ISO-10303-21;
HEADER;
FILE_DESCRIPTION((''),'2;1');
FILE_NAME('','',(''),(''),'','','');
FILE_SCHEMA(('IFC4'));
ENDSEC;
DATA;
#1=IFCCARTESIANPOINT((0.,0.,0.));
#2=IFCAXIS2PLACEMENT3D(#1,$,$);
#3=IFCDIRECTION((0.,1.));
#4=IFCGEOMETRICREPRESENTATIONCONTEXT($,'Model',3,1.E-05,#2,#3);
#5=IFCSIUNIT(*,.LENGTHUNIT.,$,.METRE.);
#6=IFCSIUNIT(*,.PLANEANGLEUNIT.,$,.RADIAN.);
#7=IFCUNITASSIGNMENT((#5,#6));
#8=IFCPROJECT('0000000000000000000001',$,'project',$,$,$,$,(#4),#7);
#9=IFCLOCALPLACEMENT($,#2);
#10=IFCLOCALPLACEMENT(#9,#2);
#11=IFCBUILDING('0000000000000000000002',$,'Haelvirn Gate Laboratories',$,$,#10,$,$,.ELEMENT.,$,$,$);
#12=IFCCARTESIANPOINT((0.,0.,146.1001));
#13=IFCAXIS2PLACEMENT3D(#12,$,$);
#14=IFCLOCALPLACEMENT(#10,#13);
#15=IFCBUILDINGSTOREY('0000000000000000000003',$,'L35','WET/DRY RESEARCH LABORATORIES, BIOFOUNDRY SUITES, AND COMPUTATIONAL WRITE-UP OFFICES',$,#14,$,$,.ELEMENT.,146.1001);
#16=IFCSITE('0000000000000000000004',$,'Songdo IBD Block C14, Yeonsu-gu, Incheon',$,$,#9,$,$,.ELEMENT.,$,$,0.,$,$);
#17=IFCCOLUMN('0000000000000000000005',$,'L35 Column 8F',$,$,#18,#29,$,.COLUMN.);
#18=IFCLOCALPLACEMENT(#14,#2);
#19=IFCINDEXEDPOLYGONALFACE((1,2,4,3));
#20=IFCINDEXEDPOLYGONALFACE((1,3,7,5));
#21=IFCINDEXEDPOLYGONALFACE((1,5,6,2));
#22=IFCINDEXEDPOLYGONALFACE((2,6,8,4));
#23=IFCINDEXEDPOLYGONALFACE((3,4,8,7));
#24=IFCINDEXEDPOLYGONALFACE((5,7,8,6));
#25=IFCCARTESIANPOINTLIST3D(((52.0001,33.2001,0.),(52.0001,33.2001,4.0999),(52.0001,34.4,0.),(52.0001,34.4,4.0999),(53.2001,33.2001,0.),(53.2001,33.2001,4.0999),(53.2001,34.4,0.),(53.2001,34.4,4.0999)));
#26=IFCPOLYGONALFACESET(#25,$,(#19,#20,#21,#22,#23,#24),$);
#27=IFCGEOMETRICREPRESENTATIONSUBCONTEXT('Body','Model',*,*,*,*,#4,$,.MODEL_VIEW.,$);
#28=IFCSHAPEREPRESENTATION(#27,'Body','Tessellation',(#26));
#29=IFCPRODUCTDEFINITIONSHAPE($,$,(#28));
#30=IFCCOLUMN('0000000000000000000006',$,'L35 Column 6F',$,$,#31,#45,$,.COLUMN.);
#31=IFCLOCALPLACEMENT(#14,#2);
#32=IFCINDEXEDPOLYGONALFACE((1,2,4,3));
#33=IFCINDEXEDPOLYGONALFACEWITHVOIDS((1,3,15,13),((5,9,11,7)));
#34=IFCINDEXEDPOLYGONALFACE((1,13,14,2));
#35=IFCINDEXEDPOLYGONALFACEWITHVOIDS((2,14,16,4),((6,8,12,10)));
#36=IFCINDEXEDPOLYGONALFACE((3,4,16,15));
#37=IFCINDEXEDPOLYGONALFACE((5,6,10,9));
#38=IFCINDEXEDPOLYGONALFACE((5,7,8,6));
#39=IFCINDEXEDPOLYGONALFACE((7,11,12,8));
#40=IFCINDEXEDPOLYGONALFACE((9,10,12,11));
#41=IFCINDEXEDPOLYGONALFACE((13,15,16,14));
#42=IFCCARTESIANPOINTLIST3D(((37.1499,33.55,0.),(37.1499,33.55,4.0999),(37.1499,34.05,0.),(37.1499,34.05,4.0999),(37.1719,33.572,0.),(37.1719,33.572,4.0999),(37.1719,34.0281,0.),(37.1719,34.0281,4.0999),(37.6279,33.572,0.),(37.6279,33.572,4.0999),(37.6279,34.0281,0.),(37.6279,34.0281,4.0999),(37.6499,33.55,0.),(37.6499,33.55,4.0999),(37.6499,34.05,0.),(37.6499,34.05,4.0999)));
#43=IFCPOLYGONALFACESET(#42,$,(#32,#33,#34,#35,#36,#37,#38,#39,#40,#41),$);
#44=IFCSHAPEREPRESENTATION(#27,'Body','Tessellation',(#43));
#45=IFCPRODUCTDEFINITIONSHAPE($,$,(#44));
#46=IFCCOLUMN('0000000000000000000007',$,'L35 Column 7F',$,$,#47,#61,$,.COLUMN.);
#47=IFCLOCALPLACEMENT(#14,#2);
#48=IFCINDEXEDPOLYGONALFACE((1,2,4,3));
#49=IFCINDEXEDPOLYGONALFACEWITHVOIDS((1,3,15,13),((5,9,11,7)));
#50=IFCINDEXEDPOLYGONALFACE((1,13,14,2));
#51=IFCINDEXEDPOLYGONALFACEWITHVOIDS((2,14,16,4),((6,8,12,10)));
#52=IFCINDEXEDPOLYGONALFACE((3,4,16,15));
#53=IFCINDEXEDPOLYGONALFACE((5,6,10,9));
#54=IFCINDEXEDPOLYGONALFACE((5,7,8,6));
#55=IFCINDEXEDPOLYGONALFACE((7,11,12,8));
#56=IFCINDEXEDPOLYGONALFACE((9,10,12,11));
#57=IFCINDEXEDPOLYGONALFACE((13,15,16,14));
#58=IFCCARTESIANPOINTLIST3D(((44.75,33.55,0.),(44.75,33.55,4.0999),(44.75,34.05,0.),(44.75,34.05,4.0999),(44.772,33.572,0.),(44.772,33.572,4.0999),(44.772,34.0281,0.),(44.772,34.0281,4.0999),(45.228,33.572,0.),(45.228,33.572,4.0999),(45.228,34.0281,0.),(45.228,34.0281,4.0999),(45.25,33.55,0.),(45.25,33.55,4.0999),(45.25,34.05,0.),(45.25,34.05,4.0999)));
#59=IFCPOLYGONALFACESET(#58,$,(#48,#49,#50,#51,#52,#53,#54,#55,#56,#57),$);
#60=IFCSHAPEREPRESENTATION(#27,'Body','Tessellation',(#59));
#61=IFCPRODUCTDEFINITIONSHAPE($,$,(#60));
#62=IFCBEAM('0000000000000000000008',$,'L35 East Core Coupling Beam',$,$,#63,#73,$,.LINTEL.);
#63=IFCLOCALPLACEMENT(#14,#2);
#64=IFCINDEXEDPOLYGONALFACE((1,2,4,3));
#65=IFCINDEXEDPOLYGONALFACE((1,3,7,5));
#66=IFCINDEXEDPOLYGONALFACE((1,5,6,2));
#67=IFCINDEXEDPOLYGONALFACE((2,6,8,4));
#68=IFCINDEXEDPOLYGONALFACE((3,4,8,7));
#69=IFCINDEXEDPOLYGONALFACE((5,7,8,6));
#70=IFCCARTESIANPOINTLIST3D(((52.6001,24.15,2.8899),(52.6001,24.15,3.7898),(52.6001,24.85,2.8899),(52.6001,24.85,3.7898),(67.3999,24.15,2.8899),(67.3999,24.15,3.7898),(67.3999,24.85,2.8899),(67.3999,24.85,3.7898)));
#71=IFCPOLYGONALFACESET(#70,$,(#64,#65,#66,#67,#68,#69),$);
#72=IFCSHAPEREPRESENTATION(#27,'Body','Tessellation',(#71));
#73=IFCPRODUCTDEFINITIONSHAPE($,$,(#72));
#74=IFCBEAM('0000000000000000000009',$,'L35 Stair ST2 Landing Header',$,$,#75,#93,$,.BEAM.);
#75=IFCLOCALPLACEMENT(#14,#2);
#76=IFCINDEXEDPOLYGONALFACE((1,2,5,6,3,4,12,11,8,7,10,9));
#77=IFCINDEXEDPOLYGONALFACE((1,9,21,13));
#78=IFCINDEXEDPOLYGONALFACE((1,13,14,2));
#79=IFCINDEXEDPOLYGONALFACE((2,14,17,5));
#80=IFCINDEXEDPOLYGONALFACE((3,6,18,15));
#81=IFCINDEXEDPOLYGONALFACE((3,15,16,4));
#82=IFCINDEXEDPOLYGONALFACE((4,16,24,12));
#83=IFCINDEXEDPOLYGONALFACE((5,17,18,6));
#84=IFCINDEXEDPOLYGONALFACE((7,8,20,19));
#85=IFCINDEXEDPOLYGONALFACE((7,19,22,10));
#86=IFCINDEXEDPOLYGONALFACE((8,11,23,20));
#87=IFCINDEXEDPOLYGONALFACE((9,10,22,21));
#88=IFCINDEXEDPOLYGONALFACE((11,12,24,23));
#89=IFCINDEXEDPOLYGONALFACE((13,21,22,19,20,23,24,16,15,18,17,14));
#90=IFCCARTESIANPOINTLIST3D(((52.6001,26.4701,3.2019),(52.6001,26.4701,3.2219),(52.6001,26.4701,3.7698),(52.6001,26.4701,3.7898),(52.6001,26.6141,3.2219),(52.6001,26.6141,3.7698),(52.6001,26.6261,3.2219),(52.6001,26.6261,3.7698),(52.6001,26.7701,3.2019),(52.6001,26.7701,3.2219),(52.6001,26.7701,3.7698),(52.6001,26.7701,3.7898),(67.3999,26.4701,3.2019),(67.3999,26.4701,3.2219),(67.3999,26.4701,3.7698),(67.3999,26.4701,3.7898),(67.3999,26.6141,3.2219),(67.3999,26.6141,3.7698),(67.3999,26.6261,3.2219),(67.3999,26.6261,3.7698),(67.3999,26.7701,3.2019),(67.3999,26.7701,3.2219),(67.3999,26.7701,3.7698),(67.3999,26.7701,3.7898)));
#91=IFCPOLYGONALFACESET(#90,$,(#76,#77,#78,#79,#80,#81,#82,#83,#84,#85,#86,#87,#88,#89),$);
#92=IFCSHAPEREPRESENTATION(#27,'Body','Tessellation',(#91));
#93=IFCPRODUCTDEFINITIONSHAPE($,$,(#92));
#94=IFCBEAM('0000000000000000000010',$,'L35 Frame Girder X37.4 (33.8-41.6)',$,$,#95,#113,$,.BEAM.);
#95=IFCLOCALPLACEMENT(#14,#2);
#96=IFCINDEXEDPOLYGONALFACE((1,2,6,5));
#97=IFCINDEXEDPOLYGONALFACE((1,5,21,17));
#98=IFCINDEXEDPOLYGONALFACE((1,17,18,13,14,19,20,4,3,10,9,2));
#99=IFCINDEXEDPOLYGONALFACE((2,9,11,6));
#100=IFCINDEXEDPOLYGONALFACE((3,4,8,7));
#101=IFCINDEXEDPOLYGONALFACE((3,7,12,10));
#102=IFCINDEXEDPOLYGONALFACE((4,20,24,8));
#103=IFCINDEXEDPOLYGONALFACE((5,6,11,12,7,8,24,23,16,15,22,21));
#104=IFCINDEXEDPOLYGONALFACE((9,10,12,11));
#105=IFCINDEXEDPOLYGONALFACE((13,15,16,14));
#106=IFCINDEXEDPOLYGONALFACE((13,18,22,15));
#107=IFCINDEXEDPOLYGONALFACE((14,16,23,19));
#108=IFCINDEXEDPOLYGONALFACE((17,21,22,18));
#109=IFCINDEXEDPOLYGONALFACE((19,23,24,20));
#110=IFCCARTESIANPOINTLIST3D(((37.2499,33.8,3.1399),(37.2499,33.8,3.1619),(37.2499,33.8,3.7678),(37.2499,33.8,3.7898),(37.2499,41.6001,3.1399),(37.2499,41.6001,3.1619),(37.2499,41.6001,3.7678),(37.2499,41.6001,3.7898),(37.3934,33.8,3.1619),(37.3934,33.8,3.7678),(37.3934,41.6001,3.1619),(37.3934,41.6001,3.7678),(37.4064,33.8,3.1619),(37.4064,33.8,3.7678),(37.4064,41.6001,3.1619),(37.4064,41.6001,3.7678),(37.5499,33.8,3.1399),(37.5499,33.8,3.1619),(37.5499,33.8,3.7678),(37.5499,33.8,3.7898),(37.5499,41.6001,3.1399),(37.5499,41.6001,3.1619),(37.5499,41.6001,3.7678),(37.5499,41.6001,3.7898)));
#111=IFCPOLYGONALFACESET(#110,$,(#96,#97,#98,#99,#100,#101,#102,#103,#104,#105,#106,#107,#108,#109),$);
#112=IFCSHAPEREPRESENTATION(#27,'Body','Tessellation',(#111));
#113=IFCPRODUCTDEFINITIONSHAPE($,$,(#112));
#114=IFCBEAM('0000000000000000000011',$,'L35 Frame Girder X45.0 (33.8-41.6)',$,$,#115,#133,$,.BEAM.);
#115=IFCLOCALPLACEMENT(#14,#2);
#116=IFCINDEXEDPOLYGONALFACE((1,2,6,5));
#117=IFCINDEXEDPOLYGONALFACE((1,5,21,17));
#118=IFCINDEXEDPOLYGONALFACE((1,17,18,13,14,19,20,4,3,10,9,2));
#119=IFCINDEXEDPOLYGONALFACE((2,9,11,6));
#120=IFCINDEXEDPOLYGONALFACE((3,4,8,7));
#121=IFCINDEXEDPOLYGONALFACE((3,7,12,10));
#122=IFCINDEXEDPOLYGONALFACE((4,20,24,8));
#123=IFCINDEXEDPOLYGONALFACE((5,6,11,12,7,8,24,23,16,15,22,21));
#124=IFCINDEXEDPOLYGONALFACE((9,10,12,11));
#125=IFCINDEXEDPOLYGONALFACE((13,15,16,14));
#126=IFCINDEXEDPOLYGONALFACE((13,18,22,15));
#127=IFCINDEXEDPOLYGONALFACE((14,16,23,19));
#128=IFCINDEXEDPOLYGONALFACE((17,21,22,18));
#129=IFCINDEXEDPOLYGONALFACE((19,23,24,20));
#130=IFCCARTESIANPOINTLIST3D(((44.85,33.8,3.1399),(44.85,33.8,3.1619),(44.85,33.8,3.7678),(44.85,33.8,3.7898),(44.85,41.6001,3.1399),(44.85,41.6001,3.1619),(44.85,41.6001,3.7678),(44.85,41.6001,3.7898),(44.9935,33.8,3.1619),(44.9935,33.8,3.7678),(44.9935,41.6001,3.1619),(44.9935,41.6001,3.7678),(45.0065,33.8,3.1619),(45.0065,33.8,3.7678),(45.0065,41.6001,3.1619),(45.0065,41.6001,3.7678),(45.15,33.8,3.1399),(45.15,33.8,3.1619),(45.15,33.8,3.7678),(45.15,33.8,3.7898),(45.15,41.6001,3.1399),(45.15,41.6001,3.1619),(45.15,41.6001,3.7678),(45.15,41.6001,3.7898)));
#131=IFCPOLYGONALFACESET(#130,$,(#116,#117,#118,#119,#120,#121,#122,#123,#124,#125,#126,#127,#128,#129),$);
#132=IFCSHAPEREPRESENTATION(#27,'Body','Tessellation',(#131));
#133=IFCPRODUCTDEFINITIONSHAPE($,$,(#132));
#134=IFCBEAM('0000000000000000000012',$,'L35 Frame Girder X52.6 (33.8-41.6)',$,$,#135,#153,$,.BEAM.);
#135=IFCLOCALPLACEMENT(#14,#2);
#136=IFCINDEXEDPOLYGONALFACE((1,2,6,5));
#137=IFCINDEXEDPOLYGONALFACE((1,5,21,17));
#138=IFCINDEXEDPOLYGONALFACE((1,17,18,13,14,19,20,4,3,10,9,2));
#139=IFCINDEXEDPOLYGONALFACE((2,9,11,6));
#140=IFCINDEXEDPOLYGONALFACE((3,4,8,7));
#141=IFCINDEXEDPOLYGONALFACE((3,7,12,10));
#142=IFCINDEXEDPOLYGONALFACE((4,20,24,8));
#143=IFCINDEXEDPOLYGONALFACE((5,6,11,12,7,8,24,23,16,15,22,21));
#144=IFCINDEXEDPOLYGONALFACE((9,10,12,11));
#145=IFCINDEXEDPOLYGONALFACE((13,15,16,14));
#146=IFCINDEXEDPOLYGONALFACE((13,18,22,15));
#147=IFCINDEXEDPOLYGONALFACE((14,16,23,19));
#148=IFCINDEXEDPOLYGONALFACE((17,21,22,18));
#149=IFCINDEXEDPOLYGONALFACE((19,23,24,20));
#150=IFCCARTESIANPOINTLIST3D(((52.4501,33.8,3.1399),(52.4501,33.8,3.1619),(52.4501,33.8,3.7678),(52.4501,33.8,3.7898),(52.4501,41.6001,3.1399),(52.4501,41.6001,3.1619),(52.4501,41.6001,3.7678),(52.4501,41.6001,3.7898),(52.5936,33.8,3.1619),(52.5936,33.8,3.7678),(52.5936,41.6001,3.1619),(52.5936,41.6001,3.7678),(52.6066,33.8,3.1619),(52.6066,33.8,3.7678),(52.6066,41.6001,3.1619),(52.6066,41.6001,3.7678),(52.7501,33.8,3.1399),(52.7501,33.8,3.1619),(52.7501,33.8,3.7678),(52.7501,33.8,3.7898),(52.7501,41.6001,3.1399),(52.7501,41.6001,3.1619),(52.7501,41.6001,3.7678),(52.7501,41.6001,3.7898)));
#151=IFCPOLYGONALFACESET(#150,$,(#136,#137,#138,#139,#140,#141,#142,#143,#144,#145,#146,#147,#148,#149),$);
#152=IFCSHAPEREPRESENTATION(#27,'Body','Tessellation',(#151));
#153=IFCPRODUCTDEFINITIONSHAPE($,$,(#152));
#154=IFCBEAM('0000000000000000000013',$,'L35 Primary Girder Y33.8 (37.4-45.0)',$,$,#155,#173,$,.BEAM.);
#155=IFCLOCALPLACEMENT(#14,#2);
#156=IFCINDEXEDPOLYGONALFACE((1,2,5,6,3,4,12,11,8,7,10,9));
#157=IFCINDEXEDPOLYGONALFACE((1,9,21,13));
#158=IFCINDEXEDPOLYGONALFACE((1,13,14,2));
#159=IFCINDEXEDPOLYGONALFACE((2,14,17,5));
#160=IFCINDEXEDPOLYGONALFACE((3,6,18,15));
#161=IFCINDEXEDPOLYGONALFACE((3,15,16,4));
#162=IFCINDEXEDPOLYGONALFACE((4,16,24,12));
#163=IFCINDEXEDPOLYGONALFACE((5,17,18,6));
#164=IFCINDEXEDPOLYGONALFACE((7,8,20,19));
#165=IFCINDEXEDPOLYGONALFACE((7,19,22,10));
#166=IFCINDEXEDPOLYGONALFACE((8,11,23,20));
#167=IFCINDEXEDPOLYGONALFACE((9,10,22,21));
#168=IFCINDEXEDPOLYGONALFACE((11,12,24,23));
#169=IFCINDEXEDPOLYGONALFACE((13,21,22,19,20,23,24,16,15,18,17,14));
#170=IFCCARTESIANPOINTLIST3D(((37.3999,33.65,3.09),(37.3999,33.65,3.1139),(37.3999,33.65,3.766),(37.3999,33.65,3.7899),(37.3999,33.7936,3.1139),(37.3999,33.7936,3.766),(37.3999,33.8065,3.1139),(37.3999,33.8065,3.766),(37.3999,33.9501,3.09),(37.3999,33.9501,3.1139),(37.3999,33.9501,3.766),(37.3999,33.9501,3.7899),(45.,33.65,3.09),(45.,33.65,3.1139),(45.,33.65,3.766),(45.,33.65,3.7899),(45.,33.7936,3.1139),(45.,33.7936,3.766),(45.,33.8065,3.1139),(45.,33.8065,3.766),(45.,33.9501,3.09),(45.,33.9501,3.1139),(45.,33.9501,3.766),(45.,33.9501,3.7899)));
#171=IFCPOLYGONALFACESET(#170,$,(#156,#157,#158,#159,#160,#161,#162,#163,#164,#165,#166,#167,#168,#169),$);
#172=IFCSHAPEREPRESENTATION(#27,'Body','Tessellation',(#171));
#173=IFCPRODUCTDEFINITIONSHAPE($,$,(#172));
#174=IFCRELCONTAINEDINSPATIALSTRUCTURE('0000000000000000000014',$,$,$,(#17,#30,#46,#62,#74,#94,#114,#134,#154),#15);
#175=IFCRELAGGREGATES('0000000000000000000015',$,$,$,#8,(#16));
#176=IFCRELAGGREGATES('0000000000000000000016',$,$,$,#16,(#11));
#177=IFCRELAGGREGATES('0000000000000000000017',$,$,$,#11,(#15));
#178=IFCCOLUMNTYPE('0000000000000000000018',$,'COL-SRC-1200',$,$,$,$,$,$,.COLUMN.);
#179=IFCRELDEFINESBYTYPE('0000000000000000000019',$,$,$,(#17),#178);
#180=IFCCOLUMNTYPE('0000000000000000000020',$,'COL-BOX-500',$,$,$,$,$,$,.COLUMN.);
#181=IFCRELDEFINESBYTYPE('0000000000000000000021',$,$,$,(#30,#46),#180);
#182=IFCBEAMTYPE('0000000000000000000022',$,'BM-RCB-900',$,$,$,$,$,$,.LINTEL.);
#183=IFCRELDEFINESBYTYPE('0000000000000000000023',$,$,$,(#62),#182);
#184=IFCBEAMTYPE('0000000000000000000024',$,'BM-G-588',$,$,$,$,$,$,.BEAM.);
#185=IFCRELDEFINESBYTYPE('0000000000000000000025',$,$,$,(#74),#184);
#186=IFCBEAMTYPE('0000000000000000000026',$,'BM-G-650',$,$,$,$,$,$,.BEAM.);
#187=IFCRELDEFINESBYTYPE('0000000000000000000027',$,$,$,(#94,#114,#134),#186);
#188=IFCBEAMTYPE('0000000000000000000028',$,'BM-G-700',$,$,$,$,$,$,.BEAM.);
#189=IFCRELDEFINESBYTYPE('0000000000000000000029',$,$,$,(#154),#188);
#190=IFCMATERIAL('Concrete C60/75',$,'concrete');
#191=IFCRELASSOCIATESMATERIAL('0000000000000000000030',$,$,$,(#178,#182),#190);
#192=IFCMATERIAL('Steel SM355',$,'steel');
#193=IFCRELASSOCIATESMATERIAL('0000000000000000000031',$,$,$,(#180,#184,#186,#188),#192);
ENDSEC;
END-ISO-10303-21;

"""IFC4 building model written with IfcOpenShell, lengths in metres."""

from ifc_helpers import new_model, si_unit, direction, frame, origin, origin_2d, place, context, subcontext, project, spatial, rectangle, hollow_rectangle, i_section, extrude, source, transform, mapped, material, material_profile, profile_set, type_object, type_shapes, element, save


model = new_model("IFC4")

# Units and contexts
model_context = context("Model", 3, precision=1e-05, world=origin(), true_north=direction((0.0, 1.0)))
body_context = subcontext(model_context, "Body", "Model", "MODEL_VIEW")
ifc_project = project(units=[si_unit("LENGTHUNIT", "METRE"), si_unit("PLANEANGLEUNIT", "RADIAN")], contexts=[model_context])

# Site, building, storey
site_placement = place(None, origin())
site = spatial("IfcSite", under=ifc_project, at=site_placement, Name="Songdo IBD Block C14, Yeonsu-gu, Incheon", CompositionType="ELEMENT", RefElevation=0.0)
building_placement = place(site_placement, origin())
building = spatial("IfcBuilding", under=site, at=building_placement, Name="Haelvirn Gate Laboratories", CompositionType="ELEMENT")
storey_placement = place(building_placement, frame((0.0, 0.0, 146.1001)))
storey = spatial("IfcBuildingStorey", under=building, at=storey_placement, Name="L35", Description="WET/DRY RESEARCH LABORATORIES, BIOFOUNDRY SUITES, AND COMPUTATIONAL WRITE-UP OFFICES", CompositionType="ELEMENT", Elevation=146.1001)

# Columns
ifc_material_1 = material(Name="Concrete C60/75", Category="concrete")
ifc_material_profile_1 = material_profile(ifc_material_1, rectangle(XDim=1.2, YDim=1.2, at=origin_2d()), Name="SRC-1200x1200")
ifc_profile_set_1 = profile_set([ifc_material_profile_1], Name="Concrete C60/75")
column_type_1 = type_object("IfcColumnType", Name="COL-SRC-1200", PredefinedType="COLUMN", material=ifc_profile_set_1)
shared_shape_1 = source(origin(), body_context, "Body", "SweptSolid", [
    extrude(rectangle(XDim=1.2, YDim=1.2, at=origin_2d()), origin(), (0.0, 0.0, 1.0), 4.0999),
])
type_shapes(column_type_1, [shared_shape_1])
column_placement = place(storey_placement, frame((52.6001, 33.8, 0.0), z_axis=(0.0, 0.0, 1.0), x_axis=(1.0, 0.0, 0.0)))
element("IfcColumn", 1, at=column_placement, inside=storey, type_object=column_type_1, Name="L35 Column 8F", PredefinedType="COLUMN", context=body_context, shape_type="MappedRepresentation", body=[
    mapped(shared_shape_1, transform((0.0, 0.0, 0.0), scale=1.0)),
])
ifc_material_2 = material(Name="Steel SM355", Category="steel")
ifc_material_profile_2 = material_profile(ifc_material_2, hollow_rectangle(XDim=0.5, YDim=0.5, WallThickness=0.022, at=origin_2d()), Name="BOX-500x500x22")
ifc_profile_set_2 = profile_set([ifc_material_profile_2], Name="Steel SM355")
column_type_2 = type_object("IfcColumnType", Name="COL-BOX-500", PredefinedType="COLUMN", material=ifc_profile_set_2)
shared_shape_2 = source(origin(), body_context, "Body", "SweptSolid", [
    extrude(hollow_rectangle(XDim=0.5, YDim=0.5, WallThickness=0.022, at=origin_2d()), origin(), (0.0, 0.0, 1.0), 4.0999),
])
type_shapes(column_type_2, [shared_shape_2])
for number, where, z_axis, x_axis, name in (
    (2, (37.3999, 33.8, 0.0), (0.0, 0.0, 1.0), (1.0, 0.0, 0.0), "L35 Column 6F"),
    (3, (45.0, 33.8, 0.0), (0.0, 0.0, 1.0), (1.0, 0.0, 0.0), "L35 Column 7F"),
):
    element("IfcColumn", number, at=place(storey_placement, frame(where, z_axis=z_axis, x_axis=x_axis)), inside=storey, type_object=column_type_2, Name=name, PredefinedType="COLUMN", context=body_context, shape_type="MappedRepresentation", body=[
        mapped(shared_shape_2, transform((0.0, 0.0, 0.0), scale=1.0)),
    ])

# Beams
ifc_material_profile_3 = material_profile(ifc_material_1, rectangle(XDim=0.7, YDim=0.8999, at=origin_2d()), Name="RCB-700x900")
ifc_profile_set_3 = profile_set([ifc_material_profile_3], Name="Concrete C60/75")
beam_type_1 = type_object("IfcBeamType", Name="BM-RCB-900", PredefinedType="LINTEL", material=ifc_profile_set_3)
shared_shape_3 = source(origin(), body_context, "Body", "SweptSolid", [
    extrude(rectangle(XDim=0.7, YDim=0.8999, at=origin_2d()), origin(), (0.0, 0.0, 1.0), 14.7998),
])
type_shapes(beam_type_1, [shared_shape_3])
beam_1_placement = place(storey_placement, frame((52.6001, 24.5, 3.3398), z_axis=(1.0, 0.0, 0.0), x_axis=(0.0, 1.0, 0.0)))
element("IfcBeam", 4, at=beam_1_placement, inside=storey, type_object=beam_type_1, Name="L35 East Core Coupling Beam", PredefinedType="LINTEL", context=body_context, shape_type="MappedRepresentation", body=[
    mapped(shared_shape_3, transform((0.0, 0.0, 0.0), scale=1.0)),
])
ifc_material_profile_4 = material_profile(ifc_material_2, i_section(OverallWidth=0.3, OverallDepth=0.5879, WebThickness=0.012, FlangeThickness=0.02, at=origin_2d()), Name="H-588x300x12x20")
ifc_profile_set_4 = profile_set([ifc_material_profile_4], Name="Steel SM355")
beam_type_2 = type_object("IfcBeamType", Name="BM-G-588", PredefinedType="BEAM", material=ifc_profile_set_4)
shared_shape_4 = source(origin(), body_context, "Body", "SweptSolid", [
    extrude(i_section(OverallWidth=0.3, OverallDepth=0.5879, WebThickness=0.012, FlangeThickness=0.02, at=origin_2d()), origin(), (0.0, 0.0, 1.0), 14.7998),
])
type_shapes(beam_type_2, [shared_shape_4])
beam_2_placement = place(storey_placement, frame((52.6001, 26.6201, 3.4958), z_axis=(1.0, 0.0, 0.0), x_axis=(0.0, 1.0, 0.0)))
element("IfcBeam", 5, at=beam_2_placement, inside=storey, type_object=beam_type_2, Name="L35 Stair ST2 Landing Header", PredefinedType="BEAM", context=body_context, shape_type="MappedRepresentation", body=[
    mapped(shared_shape_4, transform((0.0, 0.0, 0.0), scale=1.0)),
])
ifc_material_profile_5 = material_profile(ifc_material_2, i_section(OverallWidth=0.3, OverallDepth=0.6499, WebThickness=0.0129, FlangeThickness=0.022, at=origin_2d()), Name="H-650x300x13x22")
ifc_profile_set_5 = profile_set([ifc_material_profile_5], Name="Steel SM355")
beam_type_3 = type_object("IfcBeamType", Name="BM-G-650", PredefinedType="BEAM", material=ifc_profile_set_5)
shared_shape_5 = source(origin(), body_context, "Body", "SweptSolid", [
    extrude(i_section(OverallWidth=0.3, OverallDepth=0.6499, WebThickness=0.0129, FlangeThickness=0.022, at=origin_2d()), origin(), (0.0, 0.0, 1.0), 7.8),
])
type_shapes(beam_type_3, [shared_shape_5])
for number, where, z_axis, x_axis, name in (
    (6, (37.3999, 33.8, 3.4648), (0.0, 1.0, 0.0), (-1.0, 0.0, 0.0), "L35 Frame Girder X37.4 (33.8-41.6)"),
    (7, (45.0, 33.8, 3.4648), (0.0, 1.0, 0.0), (-1.0, 0.0, 0.0), "L35 Frame Girder X45.0 (33.8-41.6)"),
    (8, (52.6001, 33.8, 3.4648), (0.0, 1.0, 0.0), (-1.0, 0.0, 0.0), "L35 Frame Girder X52.6 (33.8-41.6)"),
):
    element("IfcBeam", number, at=place(storey_placement, frame(where, z_axis=z_axis, x_axis=x_axis)), inside=storey, type_object=beam_type_3, Name=name, PredefinedType="BEAM", context=body_context, shape_type="MappedRepresentation", body=[
        mapped(shared_shape_5, transform((0.0, 0.0, 0.0), scale=1.0)),
    ])
ifc_material_profile_6 = material_profile(ifc_material_2, i_section(OverallWidth=0.3, OverallDepth=0.7, WebThickness=0.0129, FlangeThickness=0.0239, at=origin_2d()), Name="H-700x300x13x24")
ifc_profile_set_6 = profile_set([ifc_material_profile_6], Name="Steel SM355")
beam_type_4 = type_object("IfcBeamType", Name="BM-G-700", PredefinedType="BEAM", material=ifc_profile_set_6)
shared_shape_6 = source(origin(), body_context, "Body", "SweptSolid", [
    extrude(i_section(OverallWidth=0.3, OverallDepth=0.7, WebThickness=0.0129, FlangeThickness=0.0239, at=origin_2d()), origin(), (0.0, 0.0, 1.0), 7.6001),
])
type_shapes(beam_type_4, [shared_shape_6])
for number, where, z_axis, x_axis, name in (
    (9, (37.3999, 33.8, 3.4399), (1.0, 0.0, 0.0), (0.0, 1.0, 0.0), "L35 Primary Girder Y33.8 (37.4-45.0)"),
):
    element("IfcBeam", number, at=place(storey_placement, frame(where, z_axis=z_axis, x_axis=x_axis)), inside=storey, type_object=beam_type_4, Name=name, PredefinedType="BEAM", context=body_context, shape_type="MappedRepresentation", body=[
        mapped(shared_shape_6, transform((0.0, 0.0, 0.0), scale=1.0)),
    ])

save(model, "model.ifc")
